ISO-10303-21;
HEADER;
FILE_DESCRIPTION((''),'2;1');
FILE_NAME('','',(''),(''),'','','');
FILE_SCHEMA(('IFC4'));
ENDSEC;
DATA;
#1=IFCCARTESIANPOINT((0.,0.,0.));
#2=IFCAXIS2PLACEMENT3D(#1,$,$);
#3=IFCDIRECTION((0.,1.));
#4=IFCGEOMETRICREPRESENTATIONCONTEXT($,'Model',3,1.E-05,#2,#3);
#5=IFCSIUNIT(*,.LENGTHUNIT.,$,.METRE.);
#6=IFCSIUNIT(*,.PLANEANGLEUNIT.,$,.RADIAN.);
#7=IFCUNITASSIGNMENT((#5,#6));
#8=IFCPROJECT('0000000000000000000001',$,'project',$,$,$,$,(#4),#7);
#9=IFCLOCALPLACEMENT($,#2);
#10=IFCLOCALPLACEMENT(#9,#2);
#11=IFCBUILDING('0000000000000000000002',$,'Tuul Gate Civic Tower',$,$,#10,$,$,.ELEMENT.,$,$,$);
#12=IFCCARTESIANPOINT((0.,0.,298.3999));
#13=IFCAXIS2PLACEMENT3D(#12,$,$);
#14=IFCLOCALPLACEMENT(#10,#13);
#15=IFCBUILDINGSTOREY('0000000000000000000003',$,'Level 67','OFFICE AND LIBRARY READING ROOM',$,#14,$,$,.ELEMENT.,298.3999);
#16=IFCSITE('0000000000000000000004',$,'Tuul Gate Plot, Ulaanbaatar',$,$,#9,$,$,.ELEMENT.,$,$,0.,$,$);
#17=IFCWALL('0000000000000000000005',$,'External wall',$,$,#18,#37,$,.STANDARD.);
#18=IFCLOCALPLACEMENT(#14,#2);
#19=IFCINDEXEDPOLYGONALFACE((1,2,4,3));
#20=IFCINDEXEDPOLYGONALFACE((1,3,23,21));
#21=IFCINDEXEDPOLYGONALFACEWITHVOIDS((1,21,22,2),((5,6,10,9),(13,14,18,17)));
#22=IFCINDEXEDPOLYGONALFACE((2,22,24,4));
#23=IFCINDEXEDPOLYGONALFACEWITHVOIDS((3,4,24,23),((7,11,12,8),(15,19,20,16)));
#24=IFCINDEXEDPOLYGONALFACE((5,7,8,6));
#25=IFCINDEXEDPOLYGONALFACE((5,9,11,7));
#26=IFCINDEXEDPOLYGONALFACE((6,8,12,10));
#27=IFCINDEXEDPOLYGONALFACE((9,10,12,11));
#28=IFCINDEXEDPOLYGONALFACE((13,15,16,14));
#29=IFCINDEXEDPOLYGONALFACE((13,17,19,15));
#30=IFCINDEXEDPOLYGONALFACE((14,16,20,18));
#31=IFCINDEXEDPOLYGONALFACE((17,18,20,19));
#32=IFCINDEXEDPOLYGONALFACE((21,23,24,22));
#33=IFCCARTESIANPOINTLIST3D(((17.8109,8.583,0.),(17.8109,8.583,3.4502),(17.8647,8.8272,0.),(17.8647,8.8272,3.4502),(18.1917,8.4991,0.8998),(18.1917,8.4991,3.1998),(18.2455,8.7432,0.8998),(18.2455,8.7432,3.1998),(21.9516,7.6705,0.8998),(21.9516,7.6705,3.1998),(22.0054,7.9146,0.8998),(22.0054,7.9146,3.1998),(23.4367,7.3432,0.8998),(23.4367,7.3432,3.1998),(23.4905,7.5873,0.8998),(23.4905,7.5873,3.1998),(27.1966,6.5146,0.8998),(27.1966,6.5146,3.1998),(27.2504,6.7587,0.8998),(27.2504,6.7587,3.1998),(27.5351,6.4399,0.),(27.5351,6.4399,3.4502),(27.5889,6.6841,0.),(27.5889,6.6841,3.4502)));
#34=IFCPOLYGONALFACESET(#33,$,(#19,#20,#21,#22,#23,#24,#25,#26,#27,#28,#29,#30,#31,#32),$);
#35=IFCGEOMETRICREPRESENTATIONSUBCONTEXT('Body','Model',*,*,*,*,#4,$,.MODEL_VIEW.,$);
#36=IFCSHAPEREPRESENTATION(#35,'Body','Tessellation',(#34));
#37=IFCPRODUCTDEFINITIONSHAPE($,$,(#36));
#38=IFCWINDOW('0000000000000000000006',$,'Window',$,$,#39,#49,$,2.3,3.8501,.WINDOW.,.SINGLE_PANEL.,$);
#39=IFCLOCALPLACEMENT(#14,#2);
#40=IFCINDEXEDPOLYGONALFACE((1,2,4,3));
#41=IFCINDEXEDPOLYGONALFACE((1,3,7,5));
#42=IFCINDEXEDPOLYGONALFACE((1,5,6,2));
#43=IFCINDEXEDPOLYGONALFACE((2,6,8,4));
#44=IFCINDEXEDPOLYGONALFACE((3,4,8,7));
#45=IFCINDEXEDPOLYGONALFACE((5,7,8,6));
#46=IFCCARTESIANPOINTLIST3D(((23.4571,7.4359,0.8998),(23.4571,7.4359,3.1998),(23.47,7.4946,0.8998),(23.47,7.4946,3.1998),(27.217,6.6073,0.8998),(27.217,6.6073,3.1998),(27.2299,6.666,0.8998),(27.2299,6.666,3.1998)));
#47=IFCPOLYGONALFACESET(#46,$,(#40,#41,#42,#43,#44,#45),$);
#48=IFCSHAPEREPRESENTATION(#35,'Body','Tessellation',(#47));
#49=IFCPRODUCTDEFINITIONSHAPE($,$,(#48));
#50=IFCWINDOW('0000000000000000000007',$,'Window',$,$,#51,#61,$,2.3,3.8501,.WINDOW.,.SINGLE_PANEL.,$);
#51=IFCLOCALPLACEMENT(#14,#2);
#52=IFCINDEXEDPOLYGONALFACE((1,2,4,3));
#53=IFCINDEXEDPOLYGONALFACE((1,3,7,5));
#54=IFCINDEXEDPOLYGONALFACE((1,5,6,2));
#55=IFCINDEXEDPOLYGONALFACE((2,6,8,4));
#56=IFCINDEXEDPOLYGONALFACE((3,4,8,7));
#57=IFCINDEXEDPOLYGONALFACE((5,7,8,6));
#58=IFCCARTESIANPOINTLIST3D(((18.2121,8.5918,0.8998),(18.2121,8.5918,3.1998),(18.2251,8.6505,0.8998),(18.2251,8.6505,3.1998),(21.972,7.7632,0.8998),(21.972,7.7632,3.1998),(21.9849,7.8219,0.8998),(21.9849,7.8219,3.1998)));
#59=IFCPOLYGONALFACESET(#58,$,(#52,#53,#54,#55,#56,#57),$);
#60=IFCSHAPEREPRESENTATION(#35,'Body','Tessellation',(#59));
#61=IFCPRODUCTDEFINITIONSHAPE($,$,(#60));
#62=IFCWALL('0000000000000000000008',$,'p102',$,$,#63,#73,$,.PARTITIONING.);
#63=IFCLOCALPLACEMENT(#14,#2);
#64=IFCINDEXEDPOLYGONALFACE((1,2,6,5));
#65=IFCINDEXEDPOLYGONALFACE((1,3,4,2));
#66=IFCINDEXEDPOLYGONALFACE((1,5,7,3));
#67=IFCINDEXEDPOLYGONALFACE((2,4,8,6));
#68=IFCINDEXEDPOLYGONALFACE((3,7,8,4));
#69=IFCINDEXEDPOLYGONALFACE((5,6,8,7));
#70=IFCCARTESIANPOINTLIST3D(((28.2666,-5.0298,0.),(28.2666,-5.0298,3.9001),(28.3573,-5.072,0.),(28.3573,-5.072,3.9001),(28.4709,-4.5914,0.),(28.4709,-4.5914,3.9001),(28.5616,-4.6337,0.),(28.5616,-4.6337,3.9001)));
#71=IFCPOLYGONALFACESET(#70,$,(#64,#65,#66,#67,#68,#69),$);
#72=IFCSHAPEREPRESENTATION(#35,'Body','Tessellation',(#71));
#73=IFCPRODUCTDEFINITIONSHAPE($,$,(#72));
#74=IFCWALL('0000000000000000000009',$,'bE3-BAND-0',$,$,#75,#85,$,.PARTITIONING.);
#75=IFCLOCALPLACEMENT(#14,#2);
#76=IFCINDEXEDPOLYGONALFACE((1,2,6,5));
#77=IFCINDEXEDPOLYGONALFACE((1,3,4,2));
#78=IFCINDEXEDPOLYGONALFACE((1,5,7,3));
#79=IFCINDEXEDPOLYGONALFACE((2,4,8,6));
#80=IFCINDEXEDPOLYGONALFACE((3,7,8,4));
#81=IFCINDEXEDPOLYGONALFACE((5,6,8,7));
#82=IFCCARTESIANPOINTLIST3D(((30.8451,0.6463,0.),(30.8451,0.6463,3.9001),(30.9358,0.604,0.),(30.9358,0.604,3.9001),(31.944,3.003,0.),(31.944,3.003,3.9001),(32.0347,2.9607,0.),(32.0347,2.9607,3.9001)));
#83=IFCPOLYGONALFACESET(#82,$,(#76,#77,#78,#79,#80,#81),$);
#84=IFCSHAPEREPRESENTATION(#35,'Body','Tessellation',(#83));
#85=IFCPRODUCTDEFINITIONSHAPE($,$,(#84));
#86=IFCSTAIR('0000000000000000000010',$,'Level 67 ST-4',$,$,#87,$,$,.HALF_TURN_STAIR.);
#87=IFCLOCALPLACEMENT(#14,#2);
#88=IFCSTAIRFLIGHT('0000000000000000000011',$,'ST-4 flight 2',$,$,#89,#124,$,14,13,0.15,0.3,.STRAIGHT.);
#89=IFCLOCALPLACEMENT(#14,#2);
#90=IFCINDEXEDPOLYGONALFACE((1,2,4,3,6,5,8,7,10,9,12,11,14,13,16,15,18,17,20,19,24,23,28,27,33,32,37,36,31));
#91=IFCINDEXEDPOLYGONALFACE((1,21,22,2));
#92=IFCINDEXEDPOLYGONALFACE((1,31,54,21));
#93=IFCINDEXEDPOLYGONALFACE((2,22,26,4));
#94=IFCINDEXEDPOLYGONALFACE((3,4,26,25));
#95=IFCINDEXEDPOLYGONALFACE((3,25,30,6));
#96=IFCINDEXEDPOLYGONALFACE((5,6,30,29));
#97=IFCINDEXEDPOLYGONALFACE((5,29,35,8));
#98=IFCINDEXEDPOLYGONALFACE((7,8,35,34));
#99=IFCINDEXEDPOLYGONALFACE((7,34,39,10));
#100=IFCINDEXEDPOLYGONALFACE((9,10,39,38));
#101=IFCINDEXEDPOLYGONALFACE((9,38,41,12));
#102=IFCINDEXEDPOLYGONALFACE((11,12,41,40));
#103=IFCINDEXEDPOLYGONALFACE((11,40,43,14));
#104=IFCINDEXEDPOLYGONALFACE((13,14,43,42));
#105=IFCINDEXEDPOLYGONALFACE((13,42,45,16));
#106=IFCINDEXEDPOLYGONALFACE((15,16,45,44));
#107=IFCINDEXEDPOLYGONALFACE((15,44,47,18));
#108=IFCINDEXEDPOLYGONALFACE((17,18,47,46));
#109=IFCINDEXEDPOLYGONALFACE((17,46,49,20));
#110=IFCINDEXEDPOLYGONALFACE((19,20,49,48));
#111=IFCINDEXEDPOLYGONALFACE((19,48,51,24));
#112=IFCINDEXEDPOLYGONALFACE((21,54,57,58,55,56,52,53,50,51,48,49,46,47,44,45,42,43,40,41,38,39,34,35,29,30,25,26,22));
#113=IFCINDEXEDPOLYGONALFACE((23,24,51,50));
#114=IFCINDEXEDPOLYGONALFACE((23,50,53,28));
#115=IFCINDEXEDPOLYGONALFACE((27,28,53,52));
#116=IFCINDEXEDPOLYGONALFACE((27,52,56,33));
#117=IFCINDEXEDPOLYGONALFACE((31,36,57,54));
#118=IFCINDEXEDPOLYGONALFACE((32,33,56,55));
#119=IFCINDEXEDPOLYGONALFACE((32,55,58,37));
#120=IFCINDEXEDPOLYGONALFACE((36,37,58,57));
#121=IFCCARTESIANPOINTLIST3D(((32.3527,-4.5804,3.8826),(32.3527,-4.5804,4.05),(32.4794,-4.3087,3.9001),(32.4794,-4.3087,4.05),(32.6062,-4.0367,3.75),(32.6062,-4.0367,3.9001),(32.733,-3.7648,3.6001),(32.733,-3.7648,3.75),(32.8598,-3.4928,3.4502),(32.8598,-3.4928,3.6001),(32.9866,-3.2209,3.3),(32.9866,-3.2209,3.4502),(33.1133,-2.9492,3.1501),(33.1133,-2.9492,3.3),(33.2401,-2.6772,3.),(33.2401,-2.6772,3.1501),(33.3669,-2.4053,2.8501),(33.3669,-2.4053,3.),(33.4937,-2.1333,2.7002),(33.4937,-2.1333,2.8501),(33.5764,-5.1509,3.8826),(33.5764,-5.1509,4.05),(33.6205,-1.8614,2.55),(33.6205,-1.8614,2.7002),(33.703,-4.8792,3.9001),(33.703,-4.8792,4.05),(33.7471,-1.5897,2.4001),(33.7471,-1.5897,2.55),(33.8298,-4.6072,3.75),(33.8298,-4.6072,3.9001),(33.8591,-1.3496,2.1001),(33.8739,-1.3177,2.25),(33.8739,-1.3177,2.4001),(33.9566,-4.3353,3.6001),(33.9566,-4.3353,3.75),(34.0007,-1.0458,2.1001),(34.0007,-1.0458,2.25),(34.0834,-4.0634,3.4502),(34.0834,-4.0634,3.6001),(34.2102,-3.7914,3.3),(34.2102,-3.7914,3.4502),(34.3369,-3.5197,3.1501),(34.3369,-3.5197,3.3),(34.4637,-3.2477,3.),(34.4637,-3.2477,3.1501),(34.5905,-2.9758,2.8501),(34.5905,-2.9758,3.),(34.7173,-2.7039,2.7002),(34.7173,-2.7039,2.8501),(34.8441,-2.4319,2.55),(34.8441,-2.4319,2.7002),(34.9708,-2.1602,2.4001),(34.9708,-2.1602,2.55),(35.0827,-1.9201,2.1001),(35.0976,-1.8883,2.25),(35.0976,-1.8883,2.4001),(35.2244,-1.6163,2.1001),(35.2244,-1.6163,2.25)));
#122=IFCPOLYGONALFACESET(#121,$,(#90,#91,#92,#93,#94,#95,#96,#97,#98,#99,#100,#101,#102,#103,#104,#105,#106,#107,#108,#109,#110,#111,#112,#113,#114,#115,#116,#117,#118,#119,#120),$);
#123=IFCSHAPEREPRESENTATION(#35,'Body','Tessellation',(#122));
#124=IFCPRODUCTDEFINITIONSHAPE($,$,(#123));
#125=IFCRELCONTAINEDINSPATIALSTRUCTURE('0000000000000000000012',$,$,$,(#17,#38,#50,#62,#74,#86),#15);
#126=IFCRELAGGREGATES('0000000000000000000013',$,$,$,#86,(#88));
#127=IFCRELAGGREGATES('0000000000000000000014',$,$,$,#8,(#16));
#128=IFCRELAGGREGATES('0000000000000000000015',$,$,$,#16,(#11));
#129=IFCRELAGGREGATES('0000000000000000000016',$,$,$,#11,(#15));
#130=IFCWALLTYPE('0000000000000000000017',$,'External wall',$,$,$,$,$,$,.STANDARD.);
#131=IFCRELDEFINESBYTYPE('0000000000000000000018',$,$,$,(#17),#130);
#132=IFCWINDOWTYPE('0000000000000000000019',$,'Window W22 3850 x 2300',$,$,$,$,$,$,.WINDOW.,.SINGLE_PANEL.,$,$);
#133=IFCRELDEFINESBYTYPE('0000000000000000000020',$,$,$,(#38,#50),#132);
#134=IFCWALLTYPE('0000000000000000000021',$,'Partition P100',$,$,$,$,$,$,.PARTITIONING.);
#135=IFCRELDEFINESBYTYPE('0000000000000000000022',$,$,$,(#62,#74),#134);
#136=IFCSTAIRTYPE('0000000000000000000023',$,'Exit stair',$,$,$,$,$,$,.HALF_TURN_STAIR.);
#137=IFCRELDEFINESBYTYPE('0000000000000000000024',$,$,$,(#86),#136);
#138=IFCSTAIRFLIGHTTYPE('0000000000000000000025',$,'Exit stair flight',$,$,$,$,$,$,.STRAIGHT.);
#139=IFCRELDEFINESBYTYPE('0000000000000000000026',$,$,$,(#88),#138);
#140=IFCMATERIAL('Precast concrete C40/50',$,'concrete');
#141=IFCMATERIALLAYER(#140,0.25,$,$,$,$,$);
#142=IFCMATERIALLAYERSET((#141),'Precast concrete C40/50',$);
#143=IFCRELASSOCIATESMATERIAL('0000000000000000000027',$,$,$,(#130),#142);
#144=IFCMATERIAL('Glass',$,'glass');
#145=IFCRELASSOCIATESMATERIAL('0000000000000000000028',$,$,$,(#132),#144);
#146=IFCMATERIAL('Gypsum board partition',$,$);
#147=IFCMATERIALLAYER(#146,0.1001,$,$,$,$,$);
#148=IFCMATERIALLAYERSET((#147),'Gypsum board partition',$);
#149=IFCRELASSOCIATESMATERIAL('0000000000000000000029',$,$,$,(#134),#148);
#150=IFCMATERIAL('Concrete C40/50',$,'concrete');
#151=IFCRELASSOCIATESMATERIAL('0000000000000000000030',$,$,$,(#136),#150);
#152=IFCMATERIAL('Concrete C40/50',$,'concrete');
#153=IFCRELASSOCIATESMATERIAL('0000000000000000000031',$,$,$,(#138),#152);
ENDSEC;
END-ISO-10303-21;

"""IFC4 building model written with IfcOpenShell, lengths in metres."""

from ifc_helpers import new_model, si_unit, direction, frame, frame_2d, origin, place, context, subcontext, project, spatial, polyline, rectangle, outline, extrude, material, layer, layer_set, type_object, element, fill, aggregate, save


model = new_model("IFC4")

# Units and contexts
model_context = context("Model", 3, precision=1e-05, world=origin(), true_north=direction((0.0, 1.0)))
body_context = subcontext(model_context, "Body", "Model", "MODEL_VIEW")
ifc_project = project(units=[si_unit("LENGTHUNIT", "METRE"), si_unit("PLANEANGLEUNIT", "RADIAN")], contexts=[model_context])

# Site, building, storey
site_placement = place(None, origin())
site = spatial("IfcSite", under=ifc_project, at=site_placement, Name="Tuul Gate Plot, Ulaanbaatar", CompositionType="ELEMENT", RefElevation=0.0)
building_placement = place(site_placement, origin())
building = spatial("IfcBuilding", under=site, at=building_placement, Name="Tuul Gate Civic Tower", CompositionType="ELEMENT")
storey_placement = place(building_placement, frame((0.0, 0.0, 298.3999)))
storey = spatial("IfcBuildingStorey", under=building, at=storey_placement, Name="Level 67", Description="OFFICE AND LIBRARY READING ROOM", CompositionType="ELEMENT", Elevation=298.3999)

# Wall, openings, windows
ifc_material_1 = material(Name="Precast concrete C40/50", Category="concrete")
ifc_layer_1 = layer(ifc_material_1, 0.25)
ifc_layer_set_1 = layer_set([ifc_layer_1], Name="Precast concrete C40/50")
wall_type_1 = type_object("IfcWallType", Name="External wall", PredefinedType="STANDARD", material=ifc_layer_set_1)
ifc_material_2 = material(Name="Glass", Category="glass")
window_type = type_object("IfcWindowType", Name="Window W22 3850 x 2300", PartitioningType="SINGLE_PANEL", PredefinedType="WINDOW", material=ifc_material_2)
wall_1_placement = place(storey_placement, frame((27.562, 6.562, 0.0), z_axis=(0.0, 0.0, 1.0), x_axis=(-0.976565, 0.215222, 0.0)))
wall_1 = element("IfcWall", 1, at=wall_1_placement, inside=storey, type_object=wall_type_1, Name="External wall", PredefinedType="STANDARD", context=body_context, shape_type="SweptSolid", body=[
    extrude(rectangle(XDim=9.9575, YDim=0.25, at=frame_2d((4.9788, 0.0))), origin(), (0.0, 0.0, 1.0), 3.4502),
])
opening_1_placement = place(wall_1_placement, frame((0.3467, 0.0, 0.8999)))
opening_1 = element("IfcOpeningElement", 2, at=opening_1_placement, cuts=wall_1, PredefinedType="OPENING", context=body_context, shape_type="SweptSolid", body=[
    extrude(rectangle(XDim=3.8501, YDim=2.3, at=frame_2d((1.925, 1.1499))), frame((0.0, 0.135, 0.0), z_axis=(0.0, -1.0, 0.0), x_axis=(1.0, 0.0, 0.0)), (0.0, 0.0, 1.0), 0.27),
])
opening_2_placement = place(wall_1_placement, frame((5.7175, 0.0, 0.8999)))
opening_2 = element("IfcOpeningElement", 3, at=opening_2_placement, cuts=wall_1, PredefinedType="OPENING", context=body_context, shape_type="SweptSolid", body=[
    extrude(rectangle(XDim=3.8501, YDim=2.3, at=frame_2d((1.925, 1.1499))), frame((0.0, 0.135, 0.0), z_axis=(0.0, -1.0, 0.0), x_axis=(1.0, 0.0, 0.0)), (0.0, 0.0, 1.0), 0.27),
])
window_1_placement = place(opening_1_placement, origin())
window_1 = element("IfcWindow", 4, at=window_1_placement, inside=storey, type_object=window_type, Name="Window", OverallHeight=2.3, OverallWidth=3.8501, PartitioningType="SINGLE_PANEL", PredefinedType="WINDOW", context=body_context, shape_type="SweptSolid", body=[
    extrude(rectangle(XDim=3.8501, YDim=2.3, at=frame_2d((1.925, 1.1499))), frame((0.0, 0.03, 0.0), z_axis=(0.0, -1.0, 0.0), x_axis=(1.0, 0.0, 0.0)), (0.0, 0.0, 1.0), 0.0601),
])
fill(opening_1, window_1)
window_2_placement = place(opening_2_placement, origin())
window_2 = element("IfcWindow", 5, at=window_2_placement, inside=storey, type_object=window_type, Name="Window", OverallHeight=2.3, OverallWidth=3.8501, PartitioningType="SINGLE_PANEL", PredefinedType="WINDOW", context=body_context, shape_type="SweptSolid", body=[
    extrude(rectangle(XDim=3.8501, YDim=2.3, at=frame_2d((1.925, 1.1499))), frame((0.0, 0.03, 0.0), z_axis=(0.0, -1.0, 0.0), x_axis=(1.0, 0.0, 0.0)), (0.0, 0.0, 1.0), 0.0601),
])
fill(opening_2, window_2)

# Walls
ifc_material_3 = material(Name="Gypsum board partition")
ifc_layer_2 = layer(ifc_material_3, 0.1001)
ifc_layer_set_2 = layer_set([ifc_layer_2], Name="Gypsum board partition")
wall_type_2 = type_object("IfcWallType", Name="Partition P100", PredefinedType="PARTITIONING", material=ifc_layer_set_2)
wall_2_placement = place(storey_placement, frame((28.312, -5.0508, 0.0), z_axis=(0.0, 0.0, 1.0), x_axis=(0.422416, 0.906402, 0.0)))
element("IfcWall", 6, at=wall_2_placement, inside=storey, type_object=wall_type_2, Name="p102", PredefinedType="PARTITIONING", context=body_context, shape_type="SweptSolid", body=[
    extrude(rectangle(XDim=0.4836, YDim=0.1001, at=frame_2d((0.2417, 0.0))), origin(), (0.0, 0.0, 1.0), 3.9001),
])
wall_3_placement = place(storey_placement, frame((30.8904, 0.625, 0.0), z_axis=(0.0, 0.0, 1.0), x_axis=(0.422598, 0.906317, 0.0)))
element("IfcWall", 7, at=wall_3_placement, inside=storey, type_object=wall_type_2, Name="bE3-BAND-0", PredefinedType="PARTITIONING", context=body_context, shape_type="SweptSolid", body=[
    extrude(rectangle(XDim=2.6003, YDim=0.1001, at=frame_2d((1.3003, 0.0))), origin(), (0.0, 0.0, 1.0), 3.9001),
])

# Stair, stair flight
ifc_material_4 = material(Name="Concrete C40/50", Category="concrete")
stair_type = type_object("IfcStairType", Name="Exit stair", PredefinedType="HALF_TURN_STAIR", material=ifc_material_4)
stair_placement = place(storey_placement, origin())
stair = element("IfcStair", 8, at=stair_placement, inside=storey, type_object=stair_type, Name="Level 67 ST-4", PredefinedType="HALF_TURN_STAIR")
ifc_material_5 = material(Name="Concrete C40/50", Category="concrete")
stair_flight_type = type_object("IfcStairFlightType", Name="Exit stair flight", PredefinedType="STRAIGHT", material=ifc_material_5)
stair_flight_placement = place(storey_placement, frame((34.6125, -1.3311, 2.1001), z_axis=(0.0, 0.0, 1.0), x_axis=(-0.422576, -0.906327, 0.0)))
stair_flight = element("IfcStairFlight", 9, at=stair_flight_placement, type_object=stair_flight_type, Name="ST-4 flight 2", NumberOfRisers=14, NumberOfTreads=13, PredefinedType="STRAIGHT", RiserHeight=0.15, TreadLength=0.3, context=body_context, shape_type="SweptSolid", body=[
    extrude(outline(polyline([(0.0, 0.0), (0.0, 0.1499), (0.3, 0.1499), (0.3, 0.3), (0.6001, 0.3), (0.6001, 0.45), (0.8999, 0.45), (0.8999, 0.6001), (1.2, 0.6001), (1.2, 0.75), (1.5, 0.75), (1.5, 0.8999), (1.8, 0.8999), (1.8, 1.05), (2.1001, 1.05), (2.1001, 1.2), (2.3999, 1.2), (2.3999, 1.3501), (2.7, 1.3501), (2.7, 1.5), (3.0, 1.5), (3.0, 1.6499), (3.3, 1.6499), (3.3, 1.8), (3.6001, 1.8), (3.6001, 1.95), (3.8999, 1.95), (3.8999, 2.1001), (3.8999, 1.7825), (0.3352, 0.0), (0.0, 0.0)])), frame((0.0, 0.675, 0.0), z_axis=(0.0, -1.0, 0.0), x_axis=(1.0, 0.0, 0.0)), (0.0, 0.0, 1.0), 1.3501),
])
aggregate(stair, [stair_flight])

save(model, "model.ifc")
